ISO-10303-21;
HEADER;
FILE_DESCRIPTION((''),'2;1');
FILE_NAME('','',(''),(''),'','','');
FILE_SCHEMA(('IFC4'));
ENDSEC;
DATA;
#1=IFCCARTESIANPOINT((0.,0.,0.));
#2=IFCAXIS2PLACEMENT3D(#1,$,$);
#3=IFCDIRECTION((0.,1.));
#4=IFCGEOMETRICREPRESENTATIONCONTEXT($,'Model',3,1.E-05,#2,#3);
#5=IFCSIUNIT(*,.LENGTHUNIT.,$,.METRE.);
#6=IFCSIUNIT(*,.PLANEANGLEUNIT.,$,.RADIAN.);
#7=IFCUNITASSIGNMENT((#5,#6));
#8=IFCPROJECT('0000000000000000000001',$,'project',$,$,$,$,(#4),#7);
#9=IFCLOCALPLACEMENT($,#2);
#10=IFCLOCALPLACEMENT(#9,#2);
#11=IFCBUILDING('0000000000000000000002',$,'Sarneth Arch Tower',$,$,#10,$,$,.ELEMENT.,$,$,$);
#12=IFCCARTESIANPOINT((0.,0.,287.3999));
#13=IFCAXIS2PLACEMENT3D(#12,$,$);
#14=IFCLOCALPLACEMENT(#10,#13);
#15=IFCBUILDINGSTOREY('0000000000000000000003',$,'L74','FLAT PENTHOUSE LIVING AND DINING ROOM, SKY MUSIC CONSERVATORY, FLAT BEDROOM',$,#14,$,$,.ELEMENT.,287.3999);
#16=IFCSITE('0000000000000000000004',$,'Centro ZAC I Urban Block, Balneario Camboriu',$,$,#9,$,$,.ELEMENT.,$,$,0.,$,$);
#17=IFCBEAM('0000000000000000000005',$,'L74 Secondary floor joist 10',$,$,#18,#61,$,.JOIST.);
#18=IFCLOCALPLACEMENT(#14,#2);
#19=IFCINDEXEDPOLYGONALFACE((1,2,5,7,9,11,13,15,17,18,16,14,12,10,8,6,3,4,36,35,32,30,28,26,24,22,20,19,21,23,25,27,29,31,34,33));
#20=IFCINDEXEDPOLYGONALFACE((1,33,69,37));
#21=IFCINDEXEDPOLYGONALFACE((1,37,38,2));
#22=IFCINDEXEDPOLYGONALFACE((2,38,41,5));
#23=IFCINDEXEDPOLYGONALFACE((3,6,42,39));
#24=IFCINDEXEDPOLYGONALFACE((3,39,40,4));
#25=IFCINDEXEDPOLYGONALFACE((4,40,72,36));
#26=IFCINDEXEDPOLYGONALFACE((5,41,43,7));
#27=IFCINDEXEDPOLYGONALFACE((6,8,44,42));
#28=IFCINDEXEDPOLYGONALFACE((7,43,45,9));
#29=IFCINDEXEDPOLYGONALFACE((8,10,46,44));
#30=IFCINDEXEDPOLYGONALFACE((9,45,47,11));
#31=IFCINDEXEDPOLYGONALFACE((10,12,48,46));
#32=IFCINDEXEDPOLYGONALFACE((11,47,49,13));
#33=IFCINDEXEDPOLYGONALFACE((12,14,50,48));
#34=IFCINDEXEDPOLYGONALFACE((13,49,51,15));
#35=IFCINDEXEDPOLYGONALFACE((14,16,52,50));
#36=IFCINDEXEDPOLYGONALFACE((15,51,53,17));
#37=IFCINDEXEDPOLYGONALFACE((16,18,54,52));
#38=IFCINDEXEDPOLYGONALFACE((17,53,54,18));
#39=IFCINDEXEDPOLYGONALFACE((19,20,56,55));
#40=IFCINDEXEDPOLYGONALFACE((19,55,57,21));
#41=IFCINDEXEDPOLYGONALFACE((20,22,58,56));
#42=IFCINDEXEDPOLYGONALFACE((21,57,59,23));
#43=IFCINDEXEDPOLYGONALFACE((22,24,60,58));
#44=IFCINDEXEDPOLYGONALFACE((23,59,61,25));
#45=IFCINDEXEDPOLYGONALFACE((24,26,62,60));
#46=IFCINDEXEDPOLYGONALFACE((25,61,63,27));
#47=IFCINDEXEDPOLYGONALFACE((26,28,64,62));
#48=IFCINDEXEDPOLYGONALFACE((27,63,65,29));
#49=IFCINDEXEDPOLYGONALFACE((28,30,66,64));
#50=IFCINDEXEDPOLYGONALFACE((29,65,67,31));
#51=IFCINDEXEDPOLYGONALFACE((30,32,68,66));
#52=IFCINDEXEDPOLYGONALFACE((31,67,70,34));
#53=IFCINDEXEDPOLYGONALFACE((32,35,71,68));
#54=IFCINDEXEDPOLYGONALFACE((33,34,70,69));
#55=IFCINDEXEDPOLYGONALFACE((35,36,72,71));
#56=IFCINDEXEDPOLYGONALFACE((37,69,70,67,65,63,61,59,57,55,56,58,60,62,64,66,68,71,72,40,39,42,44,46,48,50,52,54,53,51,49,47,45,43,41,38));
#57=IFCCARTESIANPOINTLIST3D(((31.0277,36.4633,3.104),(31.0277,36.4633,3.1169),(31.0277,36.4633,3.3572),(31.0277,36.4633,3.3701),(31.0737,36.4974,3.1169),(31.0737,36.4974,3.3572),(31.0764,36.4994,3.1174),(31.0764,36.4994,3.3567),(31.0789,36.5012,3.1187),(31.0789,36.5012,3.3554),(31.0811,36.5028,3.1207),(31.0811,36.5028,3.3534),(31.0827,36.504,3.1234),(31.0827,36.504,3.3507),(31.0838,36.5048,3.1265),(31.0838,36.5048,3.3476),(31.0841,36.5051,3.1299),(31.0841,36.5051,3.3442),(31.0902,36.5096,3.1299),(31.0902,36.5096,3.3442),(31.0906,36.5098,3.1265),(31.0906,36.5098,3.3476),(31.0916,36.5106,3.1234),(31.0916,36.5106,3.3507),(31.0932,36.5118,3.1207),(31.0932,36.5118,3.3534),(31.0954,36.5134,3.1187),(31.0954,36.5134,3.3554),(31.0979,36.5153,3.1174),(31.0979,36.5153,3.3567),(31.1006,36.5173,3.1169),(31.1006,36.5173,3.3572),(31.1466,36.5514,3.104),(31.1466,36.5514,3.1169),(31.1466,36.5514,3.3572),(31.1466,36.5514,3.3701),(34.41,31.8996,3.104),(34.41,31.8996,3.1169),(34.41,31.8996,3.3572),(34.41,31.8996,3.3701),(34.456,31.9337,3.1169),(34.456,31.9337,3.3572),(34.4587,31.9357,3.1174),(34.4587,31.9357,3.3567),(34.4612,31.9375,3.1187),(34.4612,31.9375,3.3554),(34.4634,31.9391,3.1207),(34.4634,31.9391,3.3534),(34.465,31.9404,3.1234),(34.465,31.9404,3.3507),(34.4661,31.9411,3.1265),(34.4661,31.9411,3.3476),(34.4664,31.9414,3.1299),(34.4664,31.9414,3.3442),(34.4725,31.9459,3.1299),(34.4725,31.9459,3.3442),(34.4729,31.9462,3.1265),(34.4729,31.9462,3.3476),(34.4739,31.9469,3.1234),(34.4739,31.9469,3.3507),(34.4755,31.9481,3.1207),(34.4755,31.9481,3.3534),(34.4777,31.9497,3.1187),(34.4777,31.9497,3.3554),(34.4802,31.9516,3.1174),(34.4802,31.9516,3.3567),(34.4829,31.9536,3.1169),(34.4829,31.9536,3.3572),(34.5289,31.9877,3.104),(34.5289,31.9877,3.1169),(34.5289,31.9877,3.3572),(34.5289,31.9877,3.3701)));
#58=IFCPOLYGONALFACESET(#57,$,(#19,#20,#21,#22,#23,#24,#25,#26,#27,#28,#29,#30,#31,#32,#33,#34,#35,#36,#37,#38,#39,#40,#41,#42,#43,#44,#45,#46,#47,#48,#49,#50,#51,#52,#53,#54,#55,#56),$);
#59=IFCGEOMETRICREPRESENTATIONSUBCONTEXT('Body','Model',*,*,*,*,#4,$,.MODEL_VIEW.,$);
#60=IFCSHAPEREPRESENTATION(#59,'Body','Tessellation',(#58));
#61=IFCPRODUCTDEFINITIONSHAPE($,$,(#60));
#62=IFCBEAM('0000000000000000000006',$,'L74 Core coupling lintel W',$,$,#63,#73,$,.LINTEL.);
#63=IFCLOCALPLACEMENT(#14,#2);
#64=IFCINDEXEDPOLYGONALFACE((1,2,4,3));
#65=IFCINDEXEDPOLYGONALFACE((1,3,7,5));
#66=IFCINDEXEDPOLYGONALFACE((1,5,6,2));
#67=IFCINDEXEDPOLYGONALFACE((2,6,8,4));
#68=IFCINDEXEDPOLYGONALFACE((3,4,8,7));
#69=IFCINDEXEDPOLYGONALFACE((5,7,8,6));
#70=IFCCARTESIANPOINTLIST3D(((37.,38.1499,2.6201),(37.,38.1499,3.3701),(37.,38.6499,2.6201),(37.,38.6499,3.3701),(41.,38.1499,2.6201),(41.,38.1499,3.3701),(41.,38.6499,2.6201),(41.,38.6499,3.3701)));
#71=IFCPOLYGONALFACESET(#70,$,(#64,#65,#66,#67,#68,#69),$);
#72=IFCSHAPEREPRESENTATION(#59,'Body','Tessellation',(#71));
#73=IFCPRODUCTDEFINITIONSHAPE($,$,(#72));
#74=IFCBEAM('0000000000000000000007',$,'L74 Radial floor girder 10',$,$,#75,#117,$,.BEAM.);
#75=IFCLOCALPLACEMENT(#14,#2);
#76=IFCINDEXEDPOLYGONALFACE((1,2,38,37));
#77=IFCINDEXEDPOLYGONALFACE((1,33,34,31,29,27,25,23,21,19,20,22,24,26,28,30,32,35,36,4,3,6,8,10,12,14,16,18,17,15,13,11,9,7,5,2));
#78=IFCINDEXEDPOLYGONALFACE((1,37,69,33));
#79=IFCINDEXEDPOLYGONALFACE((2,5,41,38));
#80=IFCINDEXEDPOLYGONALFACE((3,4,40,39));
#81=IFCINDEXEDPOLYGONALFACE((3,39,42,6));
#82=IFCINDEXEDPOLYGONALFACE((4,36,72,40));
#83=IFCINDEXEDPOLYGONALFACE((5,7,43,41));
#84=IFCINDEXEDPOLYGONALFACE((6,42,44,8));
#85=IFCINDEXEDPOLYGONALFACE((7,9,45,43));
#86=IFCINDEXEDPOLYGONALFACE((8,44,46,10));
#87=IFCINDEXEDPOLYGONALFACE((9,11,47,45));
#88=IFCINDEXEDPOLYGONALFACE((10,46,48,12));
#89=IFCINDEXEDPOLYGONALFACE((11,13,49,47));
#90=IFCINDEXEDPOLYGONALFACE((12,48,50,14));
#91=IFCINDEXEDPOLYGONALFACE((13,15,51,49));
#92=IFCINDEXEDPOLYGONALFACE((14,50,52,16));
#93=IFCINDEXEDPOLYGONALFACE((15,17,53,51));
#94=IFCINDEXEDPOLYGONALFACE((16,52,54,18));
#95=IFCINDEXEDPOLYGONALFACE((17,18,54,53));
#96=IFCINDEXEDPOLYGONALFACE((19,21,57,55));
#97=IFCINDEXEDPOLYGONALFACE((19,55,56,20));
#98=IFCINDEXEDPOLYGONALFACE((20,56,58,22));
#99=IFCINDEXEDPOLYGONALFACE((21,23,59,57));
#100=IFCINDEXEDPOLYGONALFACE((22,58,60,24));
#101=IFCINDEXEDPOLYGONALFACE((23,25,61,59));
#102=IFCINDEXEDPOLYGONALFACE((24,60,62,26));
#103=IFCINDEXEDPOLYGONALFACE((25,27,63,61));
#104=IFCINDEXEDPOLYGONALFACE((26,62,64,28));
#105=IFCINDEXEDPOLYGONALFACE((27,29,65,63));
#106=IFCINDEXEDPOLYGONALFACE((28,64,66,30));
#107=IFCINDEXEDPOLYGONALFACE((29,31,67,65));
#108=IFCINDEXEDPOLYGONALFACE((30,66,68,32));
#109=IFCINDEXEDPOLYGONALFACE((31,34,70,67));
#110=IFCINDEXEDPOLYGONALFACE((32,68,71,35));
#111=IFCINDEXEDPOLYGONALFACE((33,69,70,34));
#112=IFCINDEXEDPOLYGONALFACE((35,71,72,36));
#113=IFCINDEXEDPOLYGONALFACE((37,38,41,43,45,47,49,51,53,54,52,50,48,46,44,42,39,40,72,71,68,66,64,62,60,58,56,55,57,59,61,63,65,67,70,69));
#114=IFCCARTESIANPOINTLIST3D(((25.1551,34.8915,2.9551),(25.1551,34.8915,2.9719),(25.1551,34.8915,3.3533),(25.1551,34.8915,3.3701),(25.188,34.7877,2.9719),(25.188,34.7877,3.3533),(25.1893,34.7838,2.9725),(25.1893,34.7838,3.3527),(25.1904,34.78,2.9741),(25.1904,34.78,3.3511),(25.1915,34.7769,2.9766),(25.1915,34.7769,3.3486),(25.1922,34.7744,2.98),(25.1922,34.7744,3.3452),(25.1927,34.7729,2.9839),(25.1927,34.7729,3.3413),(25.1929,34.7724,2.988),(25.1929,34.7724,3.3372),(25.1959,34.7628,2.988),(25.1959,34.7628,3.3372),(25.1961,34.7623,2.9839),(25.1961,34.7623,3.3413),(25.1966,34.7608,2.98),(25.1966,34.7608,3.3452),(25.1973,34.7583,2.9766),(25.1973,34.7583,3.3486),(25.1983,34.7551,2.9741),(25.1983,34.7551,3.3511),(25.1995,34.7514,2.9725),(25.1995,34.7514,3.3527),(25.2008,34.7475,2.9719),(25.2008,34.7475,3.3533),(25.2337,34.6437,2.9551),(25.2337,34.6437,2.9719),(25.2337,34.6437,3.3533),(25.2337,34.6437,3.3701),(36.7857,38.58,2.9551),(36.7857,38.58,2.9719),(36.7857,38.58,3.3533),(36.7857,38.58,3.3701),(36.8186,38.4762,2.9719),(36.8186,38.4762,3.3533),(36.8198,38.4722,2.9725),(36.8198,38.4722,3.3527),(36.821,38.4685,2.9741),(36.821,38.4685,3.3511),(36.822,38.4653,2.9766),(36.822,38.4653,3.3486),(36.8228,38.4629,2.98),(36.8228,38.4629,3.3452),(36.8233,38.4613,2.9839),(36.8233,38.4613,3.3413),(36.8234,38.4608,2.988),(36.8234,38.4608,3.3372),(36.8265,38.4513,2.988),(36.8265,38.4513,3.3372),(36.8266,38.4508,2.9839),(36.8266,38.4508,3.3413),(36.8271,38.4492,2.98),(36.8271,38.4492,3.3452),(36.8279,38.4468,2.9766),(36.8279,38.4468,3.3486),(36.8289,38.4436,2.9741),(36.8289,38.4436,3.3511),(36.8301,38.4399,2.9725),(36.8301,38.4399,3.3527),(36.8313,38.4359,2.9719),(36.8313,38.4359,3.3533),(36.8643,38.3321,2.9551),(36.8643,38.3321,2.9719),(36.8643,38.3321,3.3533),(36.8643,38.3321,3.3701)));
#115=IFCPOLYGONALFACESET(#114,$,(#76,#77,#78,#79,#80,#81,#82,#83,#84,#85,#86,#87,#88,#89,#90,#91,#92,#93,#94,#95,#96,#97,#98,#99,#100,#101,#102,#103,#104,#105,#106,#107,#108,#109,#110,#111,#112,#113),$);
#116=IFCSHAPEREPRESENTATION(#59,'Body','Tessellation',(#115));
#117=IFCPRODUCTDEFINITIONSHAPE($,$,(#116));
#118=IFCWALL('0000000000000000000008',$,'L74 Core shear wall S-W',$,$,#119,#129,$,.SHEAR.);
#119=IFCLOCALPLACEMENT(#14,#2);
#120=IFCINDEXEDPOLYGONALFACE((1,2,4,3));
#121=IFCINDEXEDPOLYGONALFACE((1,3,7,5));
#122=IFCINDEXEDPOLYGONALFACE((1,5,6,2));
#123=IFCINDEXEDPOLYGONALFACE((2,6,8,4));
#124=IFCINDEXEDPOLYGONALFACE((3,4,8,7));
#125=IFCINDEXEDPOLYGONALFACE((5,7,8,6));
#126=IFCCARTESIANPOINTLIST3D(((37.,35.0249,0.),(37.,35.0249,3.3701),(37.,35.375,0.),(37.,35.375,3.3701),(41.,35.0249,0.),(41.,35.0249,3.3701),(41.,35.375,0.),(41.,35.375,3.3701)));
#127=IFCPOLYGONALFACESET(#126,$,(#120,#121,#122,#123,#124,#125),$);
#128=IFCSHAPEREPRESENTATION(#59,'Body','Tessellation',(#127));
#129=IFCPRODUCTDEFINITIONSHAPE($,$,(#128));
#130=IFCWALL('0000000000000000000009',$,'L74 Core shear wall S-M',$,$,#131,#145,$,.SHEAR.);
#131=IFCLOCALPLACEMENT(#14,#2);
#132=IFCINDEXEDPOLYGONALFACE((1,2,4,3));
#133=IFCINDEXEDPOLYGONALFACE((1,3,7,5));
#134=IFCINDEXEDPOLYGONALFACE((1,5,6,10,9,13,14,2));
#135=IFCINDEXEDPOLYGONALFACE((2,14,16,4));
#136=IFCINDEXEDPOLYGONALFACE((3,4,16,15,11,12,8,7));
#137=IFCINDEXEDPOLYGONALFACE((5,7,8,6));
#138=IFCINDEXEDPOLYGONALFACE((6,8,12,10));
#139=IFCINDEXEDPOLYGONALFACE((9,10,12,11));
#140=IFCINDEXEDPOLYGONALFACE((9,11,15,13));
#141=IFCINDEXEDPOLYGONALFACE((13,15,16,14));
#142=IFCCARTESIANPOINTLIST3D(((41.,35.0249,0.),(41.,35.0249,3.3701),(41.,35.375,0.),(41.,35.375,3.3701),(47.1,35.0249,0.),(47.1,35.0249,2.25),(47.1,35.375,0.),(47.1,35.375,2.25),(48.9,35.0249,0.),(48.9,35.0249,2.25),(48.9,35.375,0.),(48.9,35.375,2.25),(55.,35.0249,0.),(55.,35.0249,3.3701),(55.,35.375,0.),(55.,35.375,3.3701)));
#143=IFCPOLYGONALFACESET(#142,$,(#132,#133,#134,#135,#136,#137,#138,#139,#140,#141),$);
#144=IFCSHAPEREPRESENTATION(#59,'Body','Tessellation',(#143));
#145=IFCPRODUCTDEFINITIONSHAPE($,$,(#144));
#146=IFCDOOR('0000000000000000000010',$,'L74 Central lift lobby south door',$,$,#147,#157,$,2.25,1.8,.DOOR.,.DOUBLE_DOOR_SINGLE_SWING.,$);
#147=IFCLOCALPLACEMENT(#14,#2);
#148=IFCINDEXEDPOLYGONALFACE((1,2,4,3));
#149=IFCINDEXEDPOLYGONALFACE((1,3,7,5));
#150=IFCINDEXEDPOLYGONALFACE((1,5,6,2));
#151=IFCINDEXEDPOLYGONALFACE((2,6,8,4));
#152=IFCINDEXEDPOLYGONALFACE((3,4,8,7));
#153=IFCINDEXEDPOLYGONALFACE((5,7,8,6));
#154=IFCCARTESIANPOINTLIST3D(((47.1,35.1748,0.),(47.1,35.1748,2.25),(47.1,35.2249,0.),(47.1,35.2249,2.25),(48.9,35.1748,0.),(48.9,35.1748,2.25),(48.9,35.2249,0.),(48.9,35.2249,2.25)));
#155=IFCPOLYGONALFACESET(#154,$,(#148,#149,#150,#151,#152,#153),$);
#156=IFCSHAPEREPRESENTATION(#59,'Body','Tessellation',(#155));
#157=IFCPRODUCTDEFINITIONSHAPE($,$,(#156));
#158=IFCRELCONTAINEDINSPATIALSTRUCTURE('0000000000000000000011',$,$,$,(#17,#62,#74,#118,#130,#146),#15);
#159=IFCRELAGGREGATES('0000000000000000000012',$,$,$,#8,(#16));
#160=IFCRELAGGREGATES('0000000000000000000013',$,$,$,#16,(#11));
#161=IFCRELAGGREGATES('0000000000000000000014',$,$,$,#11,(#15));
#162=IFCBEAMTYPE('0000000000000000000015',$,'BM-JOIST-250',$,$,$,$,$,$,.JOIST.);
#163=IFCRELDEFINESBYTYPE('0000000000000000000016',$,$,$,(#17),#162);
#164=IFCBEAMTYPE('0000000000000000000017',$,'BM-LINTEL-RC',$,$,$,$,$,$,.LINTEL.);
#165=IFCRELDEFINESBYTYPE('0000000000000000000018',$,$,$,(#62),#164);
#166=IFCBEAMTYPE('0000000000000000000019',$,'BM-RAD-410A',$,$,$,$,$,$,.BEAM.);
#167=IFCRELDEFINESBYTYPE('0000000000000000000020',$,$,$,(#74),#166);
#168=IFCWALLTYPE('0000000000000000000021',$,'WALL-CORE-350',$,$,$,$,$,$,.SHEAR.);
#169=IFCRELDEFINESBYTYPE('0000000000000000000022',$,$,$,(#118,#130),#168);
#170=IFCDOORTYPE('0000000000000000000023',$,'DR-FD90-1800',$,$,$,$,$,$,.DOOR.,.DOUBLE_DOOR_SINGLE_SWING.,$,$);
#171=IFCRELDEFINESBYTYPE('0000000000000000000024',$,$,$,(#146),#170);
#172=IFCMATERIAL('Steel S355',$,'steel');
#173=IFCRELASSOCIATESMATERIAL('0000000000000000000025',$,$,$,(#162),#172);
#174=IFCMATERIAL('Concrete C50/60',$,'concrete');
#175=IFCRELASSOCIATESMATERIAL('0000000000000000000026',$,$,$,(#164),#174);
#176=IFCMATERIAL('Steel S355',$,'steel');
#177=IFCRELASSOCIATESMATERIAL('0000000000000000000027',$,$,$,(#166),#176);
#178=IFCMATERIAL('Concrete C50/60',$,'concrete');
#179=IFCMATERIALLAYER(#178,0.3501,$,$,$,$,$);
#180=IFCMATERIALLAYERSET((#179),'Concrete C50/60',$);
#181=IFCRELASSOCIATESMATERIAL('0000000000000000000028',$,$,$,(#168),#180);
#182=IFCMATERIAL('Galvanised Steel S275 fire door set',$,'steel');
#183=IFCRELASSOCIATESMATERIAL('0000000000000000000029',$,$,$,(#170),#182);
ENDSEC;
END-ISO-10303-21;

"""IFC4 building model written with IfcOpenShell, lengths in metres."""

from ifc_helpers import new_model, si_unit, direction, frame, frame_2d, origin, origin_2d, place, context, subcontext, project, spatial, rectangle, i_section, extrude, material, layer, layer_set, material_profile, profile_set, type_object, element, fill, save


model = new_model("IFC4")

# Units and contexts
model_context = context("Model", 3, precision=1e-05, world=origin(), true_north=direction((0.0, 1.0)))
body_context = subcontext(model_context, "Body", "Model", "MODEL_VIEW")
ifc_project = project(units=[si_unit("LENGTHUNIT", "METRE"), si_unit("PLANEANGLEUNIT", "RADIAN")], contexts=[model_context])

# Site, building, storey
site_placement = place(None, origin())
site = spatial("IfcSite", under=ifc_project, at=site_placement, Name="Centro ZAC I Urban Block, Balneario Camboriu", CompositionType="ELEMENT", RefElevation=0.0)
building_placement = place(site_placement, origin())
building = spatial("IfcBuilding", under=site, at=building_placement, Name="Sarneth Arch Tower", CompositionType="ELEMENT")
storey_placement = place(building_placement, frame((0.0, 0.0, 287.3999)))
storey = spatial("IfcBuildingStorey", under=building, at=storey_placement, Name="L74", Description="FLAT PENTHOUSE LIVING AND DINING ROOM, SKY MUSIC CONSERVATORY, FLAT BEDROOM", CompositionType="ELEMENT", Elevation=287.3999)

# Beams
ifc_material_1 = material(Name="Steel S355", Category="steel")
ifc_material_profile_1 = material_profile(ifc_material_1, i_section(OverallWidth=0.1479, OverallDepth=0.2661, WebThickness=0.0076, FlangeThickness=0.0129, FilletRadius=0.0129, at=origin_2d()), Name="W250x44.8")
ifc_profile_set_1 = profile_set([ifc_material_profile_1], Name="Steel S355")
beam_type_1 = type_object("IfcBeamType", Name="BM-JOIST-250", PredefinedType="JOIST", material=ifc_profile_set_1)
beam_1_placement = place(storey_placement, frame((31.0872, 36.5073, 3.2371), z_axis=(0.595431, -0.803406, 0.0), x_axis=(0.803406, 0.595431, 0.0)))
element("IfcBeam", 1, at=beam_1_placement, inside=storey, type_object=beam_type_1, Name="L74 Secondary floor joist 10", PredefinedType="JOIST", context=body_context, shape_type="SweptSolid", body=[
    extrude(i_section(OverallWidth=0.1479, OverallDepth=0.2661, WebThickness=0.0076, FlangeThickness=0.0129, FilletRadius=0.0129, at=origin_2d()), origin(), (0.0, 0.0, 1.0), 5.6804),
])
ifc_material_2 = material(Name="Concrete C50/60", Category="concrete")
ifc_material_profile_2 = material_profile(ifc_material_2, rectangle(XDim=0.5, YDim=0.75, at=origin_2d()), Name="RC-500x750")
ifc_profile_set_2 = profile_set([ifc_material_profile_2], Name="Concrete C50/60")
beam_type_2 = type_object("IfcBeamType", Name="BM-LINTEL-RC", PredefinedType="LINTEL", material=ifc_profile_set_2)
beam_2_placement = place(storey_placement, frame((37.0, 38.3999, 2.9951), z_axis=(1.0, 0.0, 0.0), x_axis=(0.0, 1.0, 0.0)))
element("IfcBeam", 2, at=beam_2_placement, inside=storey, type_object=beam_type_2, Name="L74 Core coupling lintel W", PredefinedType="LINTEL", context=body_context, shape_type="SweptSolid", body=[
    extrude(rectangle(XDim=0.5, YDim=0.75, at=origin_2d()), origin(), (0.0, 0.0, 1.0), 4.0),
])
ifc_material_3 = material(Name="Steel S355", Category="steel")
ifc_material_profile_3 = material_profile(ifc_material_3, i_section(OverallWidth=0.26, OverallDepth=0.415, WebThickness=0.01, FlangeThickness=0.0168, FilletRadius=0.0161, at=origin_2d()), Name="W410x100")
ifc_profile_set_3 = profile_set([ifc_material_profile_3], Name="Steel S355")
beam_type_3 = type_object("IfcBeamType", Name="BM-RAD-410A", PredefinedType="BEAM", material=ifc_profile_set_3)
beam_3_placement = place(storey_placement, frame((36.825, 38.4561, 3.1626), z_axis=(-0.953214, -0.302298, 0.0), x_axis=(0.302298, -0.953214, 0.0)))
element("IfcBeam", 3, at=beam_3_placement, inside=storey, type_object=beam_type_3, Name="L74 Radial floor girder 10", PredefinedType="BEAM", context=body_context, shape_type="SweptSolid", body=[
    extrude(i_section(OverallWidth=0.26, OverallDepth=0.415, WebThickness=0.01, FlangeThickness=0.0168, FilletRadius=0.0161, at=origin_2d()), origin(), (0.0, 0.0, 1.0), 12.2014),
])

# Wall
ifc_material_4 = material(Name="Concrete C50/60", Category="concrete")
ifc_layer_1 = layer(ifc_material_4, 0.3501)
ifc_layer_set_1 = layer_set([ifc_layer_1], Name="Concrete C50/60")
wall_type_1 = type_object("IfcWallType", Name="WALL-CORE-350", PredefinedType="SHEAR", material=ifc_layer_set_1)
wall_1_placement = place(storey_placement, frame((37.0, 35.2, 0.0), z_axis=(0.0, 0.0, 1.0), x_axis=(1.0, 0.0, 0.0)))
element("IfcWall", 4, at=wall_1_placement, inside=storey, type_object=wall_type_1, Name="L74 Core shear wall S-W", PredefinedType="SHEAR", context=body_context, shape_type="SweptSolid", body=[
    extrude(rectangle(XDim=4.0, YDim=0.3501, at=frame_2d((2.0, 0.0))), origin(), (0.0, 0.0, 1.0), 3.3701),
])

# Wall, opening, door
wall_2_placement = place(storey_placement, frame((41.0, 35.2, 0.0), z_axis=(0.0, 0.0, 1.0), x_axis=(1.0, 0.0, 0.0)))
wall_2 = element("IfcWall", 5, at=wall_2_placement, inside=storey, type_object=wall_type_1, Name="L74 Core shear wall S-M", PredefinedType="SHEAR", context=body_context, shape_type="SweptSolid", body=[
    extrude(rectangle(XDim=14.0, YDim=0.3501, at=frame_2d((7.0, 0.0))), origin(), (0.0, 0.0, 1.0), 3.3701),
])
opening_1_placement = place(wall_2_placement, frame((6.1001, 0.0, 0.0)))
opening_1 = element("IfcOpeningElement", 6, at=opening_1_placement, cuts=wall_2, PredefinedType="OPENING", context=body_context, shape_type="SweptSolid", body=[
    extrude(rectangle(XDim=1.8, YDim=2.25, at=frame_2d((0.8999, 1.125))), frame((0.0, 0.1851, 0.0), z_axis=(0.0, -1.0, 0.0), x_axis=(1.0, 0.0, 0.0)), (0.0, 0.0, 1.0), 0.3701),
])
ifc_material_5 = material(Name="Galvanised Steel S275 fire door set", Category="steel")
door_type_1 = type_object("IfcDoorType", Name="DR-FD90-1800", OperationType="DOUBLE_DOOR_SINGLE_SWING", PredefinedType="DOOR", material=ifc_material_5)
door_1_placement = place(opening_1_placement, origin())
door_1 = element("IfcDoor", 7, at=door_1_placement, inside=storey, type_object=door_type_1, Name="L74 Central lift lobby south door", OperationType="DOUBLE_DOOR_SINGLE_SWING", OverallHeight=2.25, OverallWidth=1.8, PredefinedType="DOOR", context=body_context, shape_type="SweptSolid", body=[
    extrude(rectangle(XDim=1.8, YDim=2.25, at=frame_2d((0.8999, 1.125))), frame((0.0, 0.0249, 0.0), z_axis=(0.0, -1.0, 0.0), x_axis=(1.0, 0.0, 0.0)), (0.0, 0.0, 1.0), 0.05),
])
fill(opening_1, door_1)

save(model, "model.ifc")
